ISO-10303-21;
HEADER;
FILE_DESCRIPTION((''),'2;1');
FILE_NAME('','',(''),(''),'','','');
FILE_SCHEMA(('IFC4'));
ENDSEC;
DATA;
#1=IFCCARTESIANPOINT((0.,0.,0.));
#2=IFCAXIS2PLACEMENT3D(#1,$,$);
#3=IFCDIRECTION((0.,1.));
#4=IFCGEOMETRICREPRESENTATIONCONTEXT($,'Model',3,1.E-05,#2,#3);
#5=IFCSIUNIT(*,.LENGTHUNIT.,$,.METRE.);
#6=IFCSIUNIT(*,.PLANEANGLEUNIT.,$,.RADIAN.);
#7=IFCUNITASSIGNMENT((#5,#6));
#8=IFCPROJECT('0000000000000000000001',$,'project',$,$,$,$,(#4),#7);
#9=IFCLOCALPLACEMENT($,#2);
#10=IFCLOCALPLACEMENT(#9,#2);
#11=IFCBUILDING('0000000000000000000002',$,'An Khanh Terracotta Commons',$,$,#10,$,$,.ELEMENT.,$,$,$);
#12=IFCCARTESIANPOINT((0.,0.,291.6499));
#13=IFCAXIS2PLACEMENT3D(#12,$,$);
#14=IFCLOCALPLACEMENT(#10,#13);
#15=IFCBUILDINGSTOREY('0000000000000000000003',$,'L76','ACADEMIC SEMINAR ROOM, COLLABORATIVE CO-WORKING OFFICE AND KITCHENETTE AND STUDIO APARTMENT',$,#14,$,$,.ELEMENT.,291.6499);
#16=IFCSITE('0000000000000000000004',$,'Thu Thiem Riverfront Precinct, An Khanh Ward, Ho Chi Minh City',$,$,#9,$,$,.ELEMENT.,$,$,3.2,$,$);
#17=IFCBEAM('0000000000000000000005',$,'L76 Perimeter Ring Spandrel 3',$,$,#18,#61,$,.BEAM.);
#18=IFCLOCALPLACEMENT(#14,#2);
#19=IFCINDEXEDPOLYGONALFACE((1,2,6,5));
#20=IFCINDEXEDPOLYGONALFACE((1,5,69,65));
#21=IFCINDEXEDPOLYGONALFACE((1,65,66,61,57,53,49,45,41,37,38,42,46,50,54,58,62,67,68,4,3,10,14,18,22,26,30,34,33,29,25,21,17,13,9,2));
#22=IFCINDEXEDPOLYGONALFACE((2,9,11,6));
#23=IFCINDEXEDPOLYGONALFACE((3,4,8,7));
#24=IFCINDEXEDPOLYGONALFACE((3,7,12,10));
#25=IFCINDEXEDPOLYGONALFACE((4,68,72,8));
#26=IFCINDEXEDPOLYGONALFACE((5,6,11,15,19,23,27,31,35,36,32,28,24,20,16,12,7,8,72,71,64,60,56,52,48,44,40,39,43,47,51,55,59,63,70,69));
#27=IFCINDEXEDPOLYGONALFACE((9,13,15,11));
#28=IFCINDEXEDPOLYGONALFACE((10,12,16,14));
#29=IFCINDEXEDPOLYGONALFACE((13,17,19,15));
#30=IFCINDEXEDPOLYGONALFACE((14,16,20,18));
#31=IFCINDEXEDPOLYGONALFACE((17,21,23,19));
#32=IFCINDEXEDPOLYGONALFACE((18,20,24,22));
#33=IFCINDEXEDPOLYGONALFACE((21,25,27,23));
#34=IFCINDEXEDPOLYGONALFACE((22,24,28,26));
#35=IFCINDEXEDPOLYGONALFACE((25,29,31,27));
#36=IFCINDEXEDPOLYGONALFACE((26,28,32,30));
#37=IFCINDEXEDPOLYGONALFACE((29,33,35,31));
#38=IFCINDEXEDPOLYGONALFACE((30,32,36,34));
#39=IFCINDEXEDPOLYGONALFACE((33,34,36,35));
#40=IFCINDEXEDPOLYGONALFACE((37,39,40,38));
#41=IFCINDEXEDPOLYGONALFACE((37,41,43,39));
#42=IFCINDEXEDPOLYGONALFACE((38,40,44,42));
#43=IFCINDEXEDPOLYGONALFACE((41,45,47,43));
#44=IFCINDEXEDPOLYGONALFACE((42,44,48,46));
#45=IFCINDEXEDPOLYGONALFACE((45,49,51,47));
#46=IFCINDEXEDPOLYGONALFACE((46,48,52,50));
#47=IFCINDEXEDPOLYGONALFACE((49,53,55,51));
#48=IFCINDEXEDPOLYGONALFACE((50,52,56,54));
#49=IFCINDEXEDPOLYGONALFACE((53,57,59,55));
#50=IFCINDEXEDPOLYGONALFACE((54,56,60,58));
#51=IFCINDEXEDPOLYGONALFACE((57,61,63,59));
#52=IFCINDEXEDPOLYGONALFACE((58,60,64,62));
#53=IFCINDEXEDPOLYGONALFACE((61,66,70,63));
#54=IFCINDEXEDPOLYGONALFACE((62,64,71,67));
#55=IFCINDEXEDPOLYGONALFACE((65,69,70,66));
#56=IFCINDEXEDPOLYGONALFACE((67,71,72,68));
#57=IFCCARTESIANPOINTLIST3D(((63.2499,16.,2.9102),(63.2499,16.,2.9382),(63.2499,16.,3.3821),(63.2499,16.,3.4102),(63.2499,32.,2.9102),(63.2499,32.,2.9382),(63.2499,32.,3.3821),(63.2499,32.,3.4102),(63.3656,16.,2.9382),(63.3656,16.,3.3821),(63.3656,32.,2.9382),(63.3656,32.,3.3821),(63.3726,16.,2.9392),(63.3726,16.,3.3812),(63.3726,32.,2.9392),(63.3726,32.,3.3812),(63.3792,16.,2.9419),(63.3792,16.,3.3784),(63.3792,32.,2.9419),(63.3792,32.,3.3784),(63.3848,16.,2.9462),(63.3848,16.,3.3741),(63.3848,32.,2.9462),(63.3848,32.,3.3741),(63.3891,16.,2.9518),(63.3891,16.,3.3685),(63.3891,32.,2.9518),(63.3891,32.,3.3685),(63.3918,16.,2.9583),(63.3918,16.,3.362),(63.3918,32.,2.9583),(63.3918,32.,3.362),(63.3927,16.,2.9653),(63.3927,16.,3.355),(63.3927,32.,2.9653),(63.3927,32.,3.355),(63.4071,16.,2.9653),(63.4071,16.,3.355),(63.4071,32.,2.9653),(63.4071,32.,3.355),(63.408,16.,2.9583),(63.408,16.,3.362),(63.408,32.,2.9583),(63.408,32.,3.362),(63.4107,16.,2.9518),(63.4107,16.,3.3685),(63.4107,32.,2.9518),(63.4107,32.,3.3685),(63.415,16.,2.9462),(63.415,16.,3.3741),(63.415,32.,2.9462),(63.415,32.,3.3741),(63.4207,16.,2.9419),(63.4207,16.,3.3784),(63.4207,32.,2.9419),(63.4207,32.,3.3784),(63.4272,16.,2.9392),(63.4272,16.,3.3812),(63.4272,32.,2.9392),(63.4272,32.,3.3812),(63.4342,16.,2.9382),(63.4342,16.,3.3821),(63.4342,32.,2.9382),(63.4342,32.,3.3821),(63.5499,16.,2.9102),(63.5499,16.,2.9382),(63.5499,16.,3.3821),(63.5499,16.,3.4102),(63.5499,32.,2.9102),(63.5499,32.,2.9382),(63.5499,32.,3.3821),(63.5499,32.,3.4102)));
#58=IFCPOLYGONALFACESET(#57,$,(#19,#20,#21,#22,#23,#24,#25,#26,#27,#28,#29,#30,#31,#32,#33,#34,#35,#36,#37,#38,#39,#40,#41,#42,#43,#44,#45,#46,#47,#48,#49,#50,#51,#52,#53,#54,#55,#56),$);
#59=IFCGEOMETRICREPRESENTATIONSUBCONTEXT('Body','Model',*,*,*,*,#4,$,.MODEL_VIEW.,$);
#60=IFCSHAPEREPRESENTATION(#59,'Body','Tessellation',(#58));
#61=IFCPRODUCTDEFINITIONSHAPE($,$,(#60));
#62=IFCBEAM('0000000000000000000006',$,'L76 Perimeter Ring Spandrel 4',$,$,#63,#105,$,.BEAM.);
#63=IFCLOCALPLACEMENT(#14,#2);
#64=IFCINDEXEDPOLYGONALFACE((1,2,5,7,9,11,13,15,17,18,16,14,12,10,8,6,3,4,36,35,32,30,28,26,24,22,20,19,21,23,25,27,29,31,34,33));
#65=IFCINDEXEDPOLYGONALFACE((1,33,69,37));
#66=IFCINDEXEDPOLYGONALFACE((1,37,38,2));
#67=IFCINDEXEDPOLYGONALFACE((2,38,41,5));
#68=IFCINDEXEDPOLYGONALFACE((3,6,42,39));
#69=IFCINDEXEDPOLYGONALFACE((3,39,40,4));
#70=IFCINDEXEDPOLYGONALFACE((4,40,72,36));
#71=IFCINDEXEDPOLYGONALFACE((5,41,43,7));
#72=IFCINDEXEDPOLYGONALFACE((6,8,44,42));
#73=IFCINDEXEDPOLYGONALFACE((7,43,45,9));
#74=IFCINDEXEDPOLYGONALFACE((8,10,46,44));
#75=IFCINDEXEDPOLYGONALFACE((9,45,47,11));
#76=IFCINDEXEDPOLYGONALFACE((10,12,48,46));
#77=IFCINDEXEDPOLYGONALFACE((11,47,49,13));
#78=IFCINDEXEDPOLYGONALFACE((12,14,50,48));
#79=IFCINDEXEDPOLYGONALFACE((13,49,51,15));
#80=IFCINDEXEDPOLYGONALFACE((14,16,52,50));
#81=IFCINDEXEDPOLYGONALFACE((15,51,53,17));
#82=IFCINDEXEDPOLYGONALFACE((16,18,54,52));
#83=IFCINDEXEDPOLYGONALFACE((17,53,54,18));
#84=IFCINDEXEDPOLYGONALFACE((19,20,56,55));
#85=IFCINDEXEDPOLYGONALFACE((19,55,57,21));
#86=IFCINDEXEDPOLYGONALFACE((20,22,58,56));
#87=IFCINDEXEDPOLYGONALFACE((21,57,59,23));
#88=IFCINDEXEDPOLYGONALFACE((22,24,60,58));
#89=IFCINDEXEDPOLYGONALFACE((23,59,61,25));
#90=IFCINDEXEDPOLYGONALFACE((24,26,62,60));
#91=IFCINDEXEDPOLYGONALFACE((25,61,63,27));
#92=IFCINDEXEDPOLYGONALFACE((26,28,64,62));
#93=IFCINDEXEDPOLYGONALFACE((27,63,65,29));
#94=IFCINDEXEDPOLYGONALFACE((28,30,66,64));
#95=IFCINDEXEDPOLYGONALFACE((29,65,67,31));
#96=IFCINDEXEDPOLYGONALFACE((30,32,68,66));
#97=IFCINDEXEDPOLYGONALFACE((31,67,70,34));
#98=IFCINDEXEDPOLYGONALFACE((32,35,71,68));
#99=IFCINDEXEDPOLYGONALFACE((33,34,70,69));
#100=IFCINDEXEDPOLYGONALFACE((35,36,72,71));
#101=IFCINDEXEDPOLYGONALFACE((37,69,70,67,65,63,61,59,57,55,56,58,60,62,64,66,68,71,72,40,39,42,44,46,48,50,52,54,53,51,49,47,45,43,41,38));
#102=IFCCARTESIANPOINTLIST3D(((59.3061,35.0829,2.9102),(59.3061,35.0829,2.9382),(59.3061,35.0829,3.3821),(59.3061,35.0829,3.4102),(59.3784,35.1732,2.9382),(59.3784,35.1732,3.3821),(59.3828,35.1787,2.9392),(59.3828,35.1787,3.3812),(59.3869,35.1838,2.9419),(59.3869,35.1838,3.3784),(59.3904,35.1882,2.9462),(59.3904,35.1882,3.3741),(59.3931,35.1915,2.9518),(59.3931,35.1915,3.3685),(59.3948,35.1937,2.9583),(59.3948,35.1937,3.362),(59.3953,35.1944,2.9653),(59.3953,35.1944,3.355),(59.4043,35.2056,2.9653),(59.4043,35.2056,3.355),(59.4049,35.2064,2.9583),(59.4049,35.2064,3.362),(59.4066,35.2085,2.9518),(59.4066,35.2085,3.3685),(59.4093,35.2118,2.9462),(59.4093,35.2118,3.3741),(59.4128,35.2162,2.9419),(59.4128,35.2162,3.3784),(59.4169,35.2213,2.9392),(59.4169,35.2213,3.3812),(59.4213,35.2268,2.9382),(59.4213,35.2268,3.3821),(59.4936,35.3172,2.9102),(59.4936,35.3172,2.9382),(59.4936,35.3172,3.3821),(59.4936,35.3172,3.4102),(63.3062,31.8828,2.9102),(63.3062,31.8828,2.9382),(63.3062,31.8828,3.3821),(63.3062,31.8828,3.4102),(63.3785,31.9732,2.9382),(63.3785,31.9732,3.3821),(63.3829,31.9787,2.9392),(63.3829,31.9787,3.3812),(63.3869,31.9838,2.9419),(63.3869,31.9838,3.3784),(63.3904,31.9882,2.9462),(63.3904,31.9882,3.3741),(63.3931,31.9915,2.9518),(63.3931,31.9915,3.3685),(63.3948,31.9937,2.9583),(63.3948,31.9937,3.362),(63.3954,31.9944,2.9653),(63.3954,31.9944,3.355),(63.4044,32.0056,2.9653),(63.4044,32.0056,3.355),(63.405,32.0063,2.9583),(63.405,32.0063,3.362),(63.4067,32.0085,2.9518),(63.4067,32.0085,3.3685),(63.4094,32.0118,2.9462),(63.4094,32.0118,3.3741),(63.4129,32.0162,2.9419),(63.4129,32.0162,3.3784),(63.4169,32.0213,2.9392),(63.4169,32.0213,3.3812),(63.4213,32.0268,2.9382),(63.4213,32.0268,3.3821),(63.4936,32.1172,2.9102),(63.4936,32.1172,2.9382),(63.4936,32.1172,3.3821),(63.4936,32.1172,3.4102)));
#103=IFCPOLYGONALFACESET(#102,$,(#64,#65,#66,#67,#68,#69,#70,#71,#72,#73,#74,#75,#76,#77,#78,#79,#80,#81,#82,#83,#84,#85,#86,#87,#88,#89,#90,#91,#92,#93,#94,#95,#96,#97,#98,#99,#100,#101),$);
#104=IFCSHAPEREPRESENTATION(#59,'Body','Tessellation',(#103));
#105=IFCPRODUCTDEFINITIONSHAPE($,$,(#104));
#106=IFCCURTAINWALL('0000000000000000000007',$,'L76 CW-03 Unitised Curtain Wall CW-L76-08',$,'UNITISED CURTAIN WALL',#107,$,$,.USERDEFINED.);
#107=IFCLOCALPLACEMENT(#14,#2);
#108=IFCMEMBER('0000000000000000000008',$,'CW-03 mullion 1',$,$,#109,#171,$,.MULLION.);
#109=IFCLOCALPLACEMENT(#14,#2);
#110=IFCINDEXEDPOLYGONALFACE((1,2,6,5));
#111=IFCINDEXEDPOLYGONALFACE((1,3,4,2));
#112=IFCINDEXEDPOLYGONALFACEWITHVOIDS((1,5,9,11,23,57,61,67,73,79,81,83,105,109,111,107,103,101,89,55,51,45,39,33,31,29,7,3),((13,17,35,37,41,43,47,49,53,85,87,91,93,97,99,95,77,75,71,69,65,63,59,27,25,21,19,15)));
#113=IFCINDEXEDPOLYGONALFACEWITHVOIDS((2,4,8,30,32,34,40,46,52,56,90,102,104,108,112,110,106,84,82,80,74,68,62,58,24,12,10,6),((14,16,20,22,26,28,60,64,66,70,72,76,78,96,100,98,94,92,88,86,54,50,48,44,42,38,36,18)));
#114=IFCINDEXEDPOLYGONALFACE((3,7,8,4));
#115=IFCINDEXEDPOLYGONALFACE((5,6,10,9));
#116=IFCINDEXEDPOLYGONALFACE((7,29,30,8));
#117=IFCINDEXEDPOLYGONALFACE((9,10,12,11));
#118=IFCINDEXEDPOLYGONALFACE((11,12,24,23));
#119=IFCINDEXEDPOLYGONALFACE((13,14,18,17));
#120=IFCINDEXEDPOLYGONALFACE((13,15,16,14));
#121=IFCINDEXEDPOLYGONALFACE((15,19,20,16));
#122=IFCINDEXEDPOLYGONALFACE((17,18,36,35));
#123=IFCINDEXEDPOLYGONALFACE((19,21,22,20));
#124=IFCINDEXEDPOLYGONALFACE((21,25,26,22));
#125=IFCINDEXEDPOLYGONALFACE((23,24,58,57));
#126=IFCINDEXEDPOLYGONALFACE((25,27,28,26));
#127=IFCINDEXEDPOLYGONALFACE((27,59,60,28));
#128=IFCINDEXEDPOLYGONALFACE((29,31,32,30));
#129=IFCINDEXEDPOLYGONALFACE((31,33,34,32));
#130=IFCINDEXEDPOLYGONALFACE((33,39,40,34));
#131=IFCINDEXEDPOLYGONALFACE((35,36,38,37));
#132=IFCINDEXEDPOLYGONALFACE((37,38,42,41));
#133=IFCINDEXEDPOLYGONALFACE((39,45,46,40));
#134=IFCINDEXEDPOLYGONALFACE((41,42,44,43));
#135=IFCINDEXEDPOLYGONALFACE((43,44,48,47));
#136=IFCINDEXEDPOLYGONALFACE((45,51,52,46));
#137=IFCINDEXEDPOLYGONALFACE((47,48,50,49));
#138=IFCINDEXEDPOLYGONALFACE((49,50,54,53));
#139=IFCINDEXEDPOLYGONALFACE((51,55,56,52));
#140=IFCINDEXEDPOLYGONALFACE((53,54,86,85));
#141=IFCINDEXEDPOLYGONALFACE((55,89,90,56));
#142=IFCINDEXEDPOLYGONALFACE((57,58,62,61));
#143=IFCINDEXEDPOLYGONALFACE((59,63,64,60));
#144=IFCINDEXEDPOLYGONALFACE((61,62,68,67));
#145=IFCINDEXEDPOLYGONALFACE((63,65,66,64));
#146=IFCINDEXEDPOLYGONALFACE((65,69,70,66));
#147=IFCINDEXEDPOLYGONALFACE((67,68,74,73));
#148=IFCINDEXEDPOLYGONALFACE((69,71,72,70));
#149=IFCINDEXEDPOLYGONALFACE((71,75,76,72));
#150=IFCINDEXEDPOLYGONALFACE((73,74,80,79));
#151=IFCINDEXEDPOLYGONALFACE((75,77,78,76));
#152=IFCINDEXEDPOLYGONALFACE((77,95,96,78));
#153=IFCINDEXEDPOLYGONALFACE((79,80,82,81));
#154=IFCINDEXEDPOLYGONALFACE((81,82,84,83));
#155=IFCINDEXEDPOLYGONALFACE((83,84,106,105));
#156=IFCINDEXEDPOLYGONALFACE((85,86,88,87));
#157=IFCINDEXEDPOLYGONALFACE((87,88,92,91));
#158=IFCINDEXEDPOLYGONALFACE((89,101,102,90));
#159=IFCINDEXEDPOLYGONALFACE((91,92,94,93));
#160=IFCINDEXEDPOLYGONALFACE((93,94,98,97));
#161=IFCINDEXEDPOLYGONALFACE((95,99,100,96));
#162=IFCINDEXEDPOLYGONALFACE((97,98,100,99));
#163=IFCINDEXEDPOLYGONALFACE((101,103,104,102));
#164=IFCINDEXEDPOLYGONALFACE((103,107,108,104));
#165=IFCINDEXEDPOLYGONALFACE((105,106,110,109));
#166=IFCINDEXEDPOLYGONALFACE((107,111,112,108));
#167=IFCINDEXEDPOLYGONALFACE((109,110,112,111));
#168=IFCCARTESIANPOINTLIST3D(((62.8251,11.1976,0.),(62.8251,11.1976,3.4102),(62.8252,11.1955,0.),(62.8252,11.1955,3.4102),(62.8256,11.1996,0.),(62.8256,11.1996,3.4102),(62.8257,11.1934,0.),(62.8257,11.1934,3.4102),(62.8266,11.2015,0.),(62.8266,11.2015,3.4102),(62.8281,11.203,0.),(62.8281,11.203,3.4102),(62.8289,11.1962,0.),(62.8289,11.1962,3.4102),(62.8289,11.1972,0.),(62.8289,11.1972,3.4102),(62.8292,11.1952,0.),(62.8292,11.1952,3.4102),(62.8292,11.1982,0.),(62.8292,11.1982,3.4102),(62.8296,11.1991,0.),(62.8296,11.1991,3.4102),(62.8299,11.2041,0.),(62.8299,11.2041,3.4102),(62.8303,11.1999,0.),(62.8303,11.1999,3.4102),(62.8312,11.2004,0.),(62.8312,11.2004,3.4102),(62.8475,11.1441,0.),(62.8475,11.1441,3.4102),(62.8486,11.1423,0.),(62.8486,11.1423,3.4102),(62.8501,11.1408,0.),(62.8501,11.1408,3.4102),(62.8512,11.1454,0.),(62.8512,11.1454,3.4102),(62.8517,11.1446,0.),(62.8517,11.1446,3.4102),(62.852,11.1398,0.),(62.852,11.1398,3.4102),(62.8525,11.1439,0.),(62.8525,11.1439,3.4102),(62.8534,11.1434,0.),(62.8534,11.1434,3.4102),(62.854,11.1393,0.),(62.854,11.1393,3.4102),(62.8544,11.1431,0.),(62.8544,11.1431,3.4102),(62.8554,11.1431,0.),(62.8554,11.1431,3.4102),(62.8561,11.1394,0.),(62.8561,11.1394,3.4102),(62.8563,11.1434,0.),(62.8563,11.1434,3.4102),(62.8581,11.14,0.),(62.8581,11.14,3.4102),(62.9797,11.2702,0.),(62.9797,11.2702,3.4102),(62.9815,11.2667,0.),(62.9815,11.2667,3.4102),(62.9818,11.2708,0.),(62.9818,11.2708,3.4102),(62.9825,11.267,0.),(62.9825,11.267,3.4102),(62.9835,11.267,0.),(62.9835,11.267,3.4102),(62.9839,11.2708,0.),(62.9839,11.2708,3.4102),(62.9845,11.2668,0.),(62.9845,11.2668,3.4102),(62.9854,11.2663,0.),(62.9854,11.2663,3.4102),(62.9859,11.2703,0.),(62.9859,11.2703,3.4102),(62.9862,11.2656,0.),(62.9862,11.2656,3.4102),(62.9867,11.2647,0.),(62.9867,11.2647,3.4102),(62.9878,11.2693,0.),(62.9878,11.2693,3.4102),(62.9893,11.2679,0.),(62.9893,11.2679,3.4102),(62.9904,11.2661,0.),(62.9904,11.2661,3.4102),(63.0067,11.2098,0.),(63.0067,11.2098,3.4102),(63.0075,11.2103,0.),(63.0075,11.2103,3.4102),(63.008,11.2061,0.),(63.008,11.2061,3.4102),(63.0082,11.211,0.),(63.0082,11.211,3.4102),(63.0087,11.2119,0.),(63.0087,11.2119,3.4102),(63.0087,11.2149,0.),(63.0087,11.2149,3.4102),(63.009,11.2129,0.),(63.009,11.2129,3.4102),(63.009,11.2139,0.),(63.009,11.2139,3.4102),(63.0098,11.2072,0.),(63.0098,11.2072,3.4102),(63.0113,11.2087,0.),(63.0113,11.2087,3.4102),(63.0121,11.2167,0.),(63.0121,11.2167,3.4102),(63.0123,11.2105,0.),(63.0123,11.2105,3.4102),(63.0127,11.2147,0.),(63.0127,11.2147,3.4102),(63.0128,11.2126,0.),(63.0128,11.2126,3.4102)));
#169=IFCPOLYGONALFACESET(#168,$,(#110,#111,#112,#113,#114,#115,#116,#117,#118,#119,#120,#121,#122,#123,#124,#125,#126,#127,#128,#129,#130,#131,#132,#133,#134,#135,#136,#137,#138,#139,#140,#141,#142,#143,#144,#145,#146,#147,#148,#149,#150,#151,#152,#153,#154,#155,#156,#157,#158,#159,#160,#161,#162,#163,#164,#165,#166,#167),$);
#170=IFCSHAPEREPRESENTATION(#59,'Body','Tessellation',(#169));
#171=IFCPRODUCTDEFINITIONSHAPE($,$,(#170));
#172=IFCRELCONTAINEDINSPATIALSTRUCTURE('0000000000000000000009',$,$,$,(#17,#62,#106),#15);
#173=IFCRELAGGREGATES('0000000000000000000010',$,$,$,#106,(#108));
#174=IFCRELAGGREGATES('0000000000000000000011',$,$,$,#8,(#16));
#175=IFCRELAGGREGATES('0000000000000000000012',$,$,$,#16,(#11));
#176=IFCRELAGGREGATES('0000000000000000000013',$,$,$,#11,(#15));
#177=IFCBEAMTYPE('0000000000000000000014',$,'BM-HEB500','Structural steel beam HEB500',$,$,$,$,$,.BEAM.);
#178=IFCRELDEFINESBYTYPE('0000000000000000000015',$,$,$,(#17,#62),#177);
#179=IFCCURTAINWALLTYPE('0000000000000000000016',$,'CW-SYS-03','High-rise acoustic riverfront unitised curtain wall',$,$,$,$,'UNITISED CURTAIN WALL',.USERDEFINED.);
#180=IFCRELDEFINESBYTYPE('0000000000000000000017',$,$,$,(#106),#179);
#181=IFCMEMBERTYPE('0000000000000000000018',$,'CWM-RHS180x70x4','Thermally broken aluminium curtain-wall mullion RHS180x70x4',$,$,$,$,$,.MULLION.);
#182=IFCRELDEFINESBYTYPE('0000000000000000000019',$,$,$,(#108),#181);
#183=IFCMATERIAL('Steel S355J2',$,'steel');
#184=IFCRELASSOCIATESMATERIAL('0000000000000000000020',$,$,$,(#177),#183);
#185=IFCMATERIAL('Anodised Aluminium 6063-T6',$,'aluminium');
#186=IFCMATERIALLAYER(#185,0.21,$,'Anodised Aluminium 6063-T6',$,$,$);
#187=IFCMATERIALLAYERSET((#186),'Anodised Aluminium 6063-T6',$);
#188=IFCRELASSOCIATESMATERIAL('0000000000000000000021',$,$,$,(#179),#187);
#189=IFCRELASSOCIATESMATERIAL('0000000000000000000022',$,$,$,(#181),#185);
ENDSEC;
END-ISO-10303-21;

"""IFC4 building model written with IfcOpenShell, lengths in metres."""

from ifc_helpers import new_model, si_unit, direction, frame, origin, origin_2d, place, context, subcontext, project, spatial, hollow_rectangle, i_section, extrude, material, layer, layer_set, material_profile, profile_set, type_object, element, aggregate, save


model = new_model("IFC4")

# Units and contexts
model_context = context("Model", 3, precision=1e-05, world=origin(), true_north=direction((0.0, 1.0)))
body_context = subcontext(model_context, "Body", "Model", "MODEL_VIEW")
ifc_project = project(units=[si_unit("LENGTHUNIT", "METRE"), si_unit("PLANEANGLEUNIT", "RADIAN")], contexts=[model_context])

# Site, building, storey
site_placement = place(None, origin())
site = spatial("IfcSite", under=ifc_project, at=site_placement, Name="Thu Thiem Riverfront Precinct, An Khanh Ward, Ho Chi Minh City", CompositionType="ELEMENT", RefElevation=3.2)
building_placement = place(site_placement, origin())
building = spatial("IfcBuilding", under=site, at=building_placement, Name="An Khanh Terracotta Commons", CompositionType="ELEMENT")
storey_placement = place(building_placement, frame((0.0, 0.0, 291.6499)))
storey = spatial("IfcBuildingStorey", under=building, at=storey_placement, Name="L76", Description="ACADEMIC SEMINAR ROOM, COLLABORATIVE CO-WORKING OFFICE AND KITCHENETTE AND STUDIO APARTMENT", CompositionType="ELEMENT", Elevation=291.6499)

# Beams
ifc_material_1 = material(Name="Steel S355J2", Category="steel")
ifc_material_profile_1 = material_profile(ifc_material_1, i_section(OverallWidth=0.3, OverallDepth=0.5, WebThickness=0.0144, FlangeThickness=0.0281, FilletRadius=0.0271, at=origin_2d()), Name="HEB500")
ifc_profile_set_1 = profile_set([ifc_material_profile_1], Name="Steel S355J2")
beam_type_1 = type_object("IfcBeamType", Name="BM-HEB500", Description="Structural steel beam HEB500", PredefinedType="BEAM", material=ifc_profile_set_1)
beam_1_placement = place(storey_placement, frame((63.3999, 16.0, 3.1602), z_axis=(0.0, 1.0, 0.0), x_axis=(-1.0, 0.0, 0.0)))
element("IfcBeam", 1, at=beam_1_placement, inside=storey, type_object=beam_type_1, Name="L76 Perimeter Ring Spandrel 3", PredefinedType="BEAM", context=body_context, shape_type="SweptSolid", body=[
    extrude(i_section(OverallWidth=0.3, OverallDepth=0.5, WebThickness=0.0144, FlangeThickness=0.0281, FilletRadius=0.0271, at=origin_2d()), origin(), (0.0, 0.0, 1.0), 16.0),
])
beam_2_placement = place(storey_placement, frame((63.3999, 32.0, 3.1602), z_axis=(-0.780873, 0.624689, 0.0), x_axis=(-0.624689, -0.780873, 0.0)))
element("IfcBeam", 2, at=beam_2_placement, inside=storey, type_object=beam_type_1, Name="L76 Perimeter Ring Spandrel 4", PredefinedType="BEAM", context=body_context, shape_type="SweptSolid", body=[
    extrude(i_section(OverallWidth=0.3, OverallDepth=0.5, WebThickness=0.0144, FlangeThickness=0.0281, FilletRadius=0.0271, at=origin_2d()), origin(), (0.0, 0.0, 1.0), 5.1226),
])

# Curtain wall, member
ifc_material_2 = material(Name="Anodised Aluminium 6063-T6", Category="aluminium")
ifc_layer_1 = layer(ifc_material_2, 0.21, Name="Anodised Aluminium 6063-T6")
ifc_layer_set_1 = layer_set([ifc_layer_1], Name="Anodised Aluminium 6063-T6")
curtain_wall_type = type_object("IfcCurtainWallType", Name="CW-SYS-03", Description="High-rise acoustic riverfront unitised curtain wall", ElementType="UNITISED CURTAIN WALL", PredefinedType="USERDEFINED", material=ifc_layer_set_1)
curtain_wall_1_placement = place(storey_placement, origin())
curtain_wall_1 = element("IfcCurtainWall", 3, at=curtain_wall_1_placement, inside=storey, type_object=curtain_wall_type, Name="L76 CW-03 Unitised Curtain Wall CW-L76-08", ObjectType="UNITISED CURTAIN WALL", PredefinedType="USERDEFINED")
ifc_material_profile_2 = material_profile(ifc_material_2, hollow_rectangle(XDim=0.0701, YDim=0.1799, WallThickness=0.0039, InnerFilletRadius=0.0039, OuterFilletRadius=0.0081, at=origin_2d()), Name="RHS180x70x4")
ifc_profile_set_2 = profile_set([ifc_material_profile_2], Name="Anodised Aluminium 6063-T6")
member_type_1 = type_object("IfcMemberType", Name="CWM-RHS180x70x4", Description="Thermally broken aluminium curtain-wall mullion RHS180x70x4", PredefinedType="MULLION", material=ifc_profile_set_2)
member_1_placement = place(storey_placement, frame((62.9189, 11.2051, 0.0), z_axis=(0.0, 0.0, 1.0), x_axis=(-0.403676, 0.914902, 0.0)))
member_1 = element("IfcMember", 4, at=member_1_placement, type_object=member_type_1, Name="CW-03 mullion 1", PredefinedType="MULLION", context=body_context, shape_type="SweptSolid", body=[
    extrude(hollow_rectangle(XDim=0.0701, YDim=0.1799, WallThickness=0.0039, InnerFilletRadius=0.0039, OuterFilletRadius=0.0081, at=origin_2d()), origin(), (0.0, 0.0, 1.0), 3.4102),
])

aggregate(curtain_wall_1, [member_1])

save(model, "model.ifc")
